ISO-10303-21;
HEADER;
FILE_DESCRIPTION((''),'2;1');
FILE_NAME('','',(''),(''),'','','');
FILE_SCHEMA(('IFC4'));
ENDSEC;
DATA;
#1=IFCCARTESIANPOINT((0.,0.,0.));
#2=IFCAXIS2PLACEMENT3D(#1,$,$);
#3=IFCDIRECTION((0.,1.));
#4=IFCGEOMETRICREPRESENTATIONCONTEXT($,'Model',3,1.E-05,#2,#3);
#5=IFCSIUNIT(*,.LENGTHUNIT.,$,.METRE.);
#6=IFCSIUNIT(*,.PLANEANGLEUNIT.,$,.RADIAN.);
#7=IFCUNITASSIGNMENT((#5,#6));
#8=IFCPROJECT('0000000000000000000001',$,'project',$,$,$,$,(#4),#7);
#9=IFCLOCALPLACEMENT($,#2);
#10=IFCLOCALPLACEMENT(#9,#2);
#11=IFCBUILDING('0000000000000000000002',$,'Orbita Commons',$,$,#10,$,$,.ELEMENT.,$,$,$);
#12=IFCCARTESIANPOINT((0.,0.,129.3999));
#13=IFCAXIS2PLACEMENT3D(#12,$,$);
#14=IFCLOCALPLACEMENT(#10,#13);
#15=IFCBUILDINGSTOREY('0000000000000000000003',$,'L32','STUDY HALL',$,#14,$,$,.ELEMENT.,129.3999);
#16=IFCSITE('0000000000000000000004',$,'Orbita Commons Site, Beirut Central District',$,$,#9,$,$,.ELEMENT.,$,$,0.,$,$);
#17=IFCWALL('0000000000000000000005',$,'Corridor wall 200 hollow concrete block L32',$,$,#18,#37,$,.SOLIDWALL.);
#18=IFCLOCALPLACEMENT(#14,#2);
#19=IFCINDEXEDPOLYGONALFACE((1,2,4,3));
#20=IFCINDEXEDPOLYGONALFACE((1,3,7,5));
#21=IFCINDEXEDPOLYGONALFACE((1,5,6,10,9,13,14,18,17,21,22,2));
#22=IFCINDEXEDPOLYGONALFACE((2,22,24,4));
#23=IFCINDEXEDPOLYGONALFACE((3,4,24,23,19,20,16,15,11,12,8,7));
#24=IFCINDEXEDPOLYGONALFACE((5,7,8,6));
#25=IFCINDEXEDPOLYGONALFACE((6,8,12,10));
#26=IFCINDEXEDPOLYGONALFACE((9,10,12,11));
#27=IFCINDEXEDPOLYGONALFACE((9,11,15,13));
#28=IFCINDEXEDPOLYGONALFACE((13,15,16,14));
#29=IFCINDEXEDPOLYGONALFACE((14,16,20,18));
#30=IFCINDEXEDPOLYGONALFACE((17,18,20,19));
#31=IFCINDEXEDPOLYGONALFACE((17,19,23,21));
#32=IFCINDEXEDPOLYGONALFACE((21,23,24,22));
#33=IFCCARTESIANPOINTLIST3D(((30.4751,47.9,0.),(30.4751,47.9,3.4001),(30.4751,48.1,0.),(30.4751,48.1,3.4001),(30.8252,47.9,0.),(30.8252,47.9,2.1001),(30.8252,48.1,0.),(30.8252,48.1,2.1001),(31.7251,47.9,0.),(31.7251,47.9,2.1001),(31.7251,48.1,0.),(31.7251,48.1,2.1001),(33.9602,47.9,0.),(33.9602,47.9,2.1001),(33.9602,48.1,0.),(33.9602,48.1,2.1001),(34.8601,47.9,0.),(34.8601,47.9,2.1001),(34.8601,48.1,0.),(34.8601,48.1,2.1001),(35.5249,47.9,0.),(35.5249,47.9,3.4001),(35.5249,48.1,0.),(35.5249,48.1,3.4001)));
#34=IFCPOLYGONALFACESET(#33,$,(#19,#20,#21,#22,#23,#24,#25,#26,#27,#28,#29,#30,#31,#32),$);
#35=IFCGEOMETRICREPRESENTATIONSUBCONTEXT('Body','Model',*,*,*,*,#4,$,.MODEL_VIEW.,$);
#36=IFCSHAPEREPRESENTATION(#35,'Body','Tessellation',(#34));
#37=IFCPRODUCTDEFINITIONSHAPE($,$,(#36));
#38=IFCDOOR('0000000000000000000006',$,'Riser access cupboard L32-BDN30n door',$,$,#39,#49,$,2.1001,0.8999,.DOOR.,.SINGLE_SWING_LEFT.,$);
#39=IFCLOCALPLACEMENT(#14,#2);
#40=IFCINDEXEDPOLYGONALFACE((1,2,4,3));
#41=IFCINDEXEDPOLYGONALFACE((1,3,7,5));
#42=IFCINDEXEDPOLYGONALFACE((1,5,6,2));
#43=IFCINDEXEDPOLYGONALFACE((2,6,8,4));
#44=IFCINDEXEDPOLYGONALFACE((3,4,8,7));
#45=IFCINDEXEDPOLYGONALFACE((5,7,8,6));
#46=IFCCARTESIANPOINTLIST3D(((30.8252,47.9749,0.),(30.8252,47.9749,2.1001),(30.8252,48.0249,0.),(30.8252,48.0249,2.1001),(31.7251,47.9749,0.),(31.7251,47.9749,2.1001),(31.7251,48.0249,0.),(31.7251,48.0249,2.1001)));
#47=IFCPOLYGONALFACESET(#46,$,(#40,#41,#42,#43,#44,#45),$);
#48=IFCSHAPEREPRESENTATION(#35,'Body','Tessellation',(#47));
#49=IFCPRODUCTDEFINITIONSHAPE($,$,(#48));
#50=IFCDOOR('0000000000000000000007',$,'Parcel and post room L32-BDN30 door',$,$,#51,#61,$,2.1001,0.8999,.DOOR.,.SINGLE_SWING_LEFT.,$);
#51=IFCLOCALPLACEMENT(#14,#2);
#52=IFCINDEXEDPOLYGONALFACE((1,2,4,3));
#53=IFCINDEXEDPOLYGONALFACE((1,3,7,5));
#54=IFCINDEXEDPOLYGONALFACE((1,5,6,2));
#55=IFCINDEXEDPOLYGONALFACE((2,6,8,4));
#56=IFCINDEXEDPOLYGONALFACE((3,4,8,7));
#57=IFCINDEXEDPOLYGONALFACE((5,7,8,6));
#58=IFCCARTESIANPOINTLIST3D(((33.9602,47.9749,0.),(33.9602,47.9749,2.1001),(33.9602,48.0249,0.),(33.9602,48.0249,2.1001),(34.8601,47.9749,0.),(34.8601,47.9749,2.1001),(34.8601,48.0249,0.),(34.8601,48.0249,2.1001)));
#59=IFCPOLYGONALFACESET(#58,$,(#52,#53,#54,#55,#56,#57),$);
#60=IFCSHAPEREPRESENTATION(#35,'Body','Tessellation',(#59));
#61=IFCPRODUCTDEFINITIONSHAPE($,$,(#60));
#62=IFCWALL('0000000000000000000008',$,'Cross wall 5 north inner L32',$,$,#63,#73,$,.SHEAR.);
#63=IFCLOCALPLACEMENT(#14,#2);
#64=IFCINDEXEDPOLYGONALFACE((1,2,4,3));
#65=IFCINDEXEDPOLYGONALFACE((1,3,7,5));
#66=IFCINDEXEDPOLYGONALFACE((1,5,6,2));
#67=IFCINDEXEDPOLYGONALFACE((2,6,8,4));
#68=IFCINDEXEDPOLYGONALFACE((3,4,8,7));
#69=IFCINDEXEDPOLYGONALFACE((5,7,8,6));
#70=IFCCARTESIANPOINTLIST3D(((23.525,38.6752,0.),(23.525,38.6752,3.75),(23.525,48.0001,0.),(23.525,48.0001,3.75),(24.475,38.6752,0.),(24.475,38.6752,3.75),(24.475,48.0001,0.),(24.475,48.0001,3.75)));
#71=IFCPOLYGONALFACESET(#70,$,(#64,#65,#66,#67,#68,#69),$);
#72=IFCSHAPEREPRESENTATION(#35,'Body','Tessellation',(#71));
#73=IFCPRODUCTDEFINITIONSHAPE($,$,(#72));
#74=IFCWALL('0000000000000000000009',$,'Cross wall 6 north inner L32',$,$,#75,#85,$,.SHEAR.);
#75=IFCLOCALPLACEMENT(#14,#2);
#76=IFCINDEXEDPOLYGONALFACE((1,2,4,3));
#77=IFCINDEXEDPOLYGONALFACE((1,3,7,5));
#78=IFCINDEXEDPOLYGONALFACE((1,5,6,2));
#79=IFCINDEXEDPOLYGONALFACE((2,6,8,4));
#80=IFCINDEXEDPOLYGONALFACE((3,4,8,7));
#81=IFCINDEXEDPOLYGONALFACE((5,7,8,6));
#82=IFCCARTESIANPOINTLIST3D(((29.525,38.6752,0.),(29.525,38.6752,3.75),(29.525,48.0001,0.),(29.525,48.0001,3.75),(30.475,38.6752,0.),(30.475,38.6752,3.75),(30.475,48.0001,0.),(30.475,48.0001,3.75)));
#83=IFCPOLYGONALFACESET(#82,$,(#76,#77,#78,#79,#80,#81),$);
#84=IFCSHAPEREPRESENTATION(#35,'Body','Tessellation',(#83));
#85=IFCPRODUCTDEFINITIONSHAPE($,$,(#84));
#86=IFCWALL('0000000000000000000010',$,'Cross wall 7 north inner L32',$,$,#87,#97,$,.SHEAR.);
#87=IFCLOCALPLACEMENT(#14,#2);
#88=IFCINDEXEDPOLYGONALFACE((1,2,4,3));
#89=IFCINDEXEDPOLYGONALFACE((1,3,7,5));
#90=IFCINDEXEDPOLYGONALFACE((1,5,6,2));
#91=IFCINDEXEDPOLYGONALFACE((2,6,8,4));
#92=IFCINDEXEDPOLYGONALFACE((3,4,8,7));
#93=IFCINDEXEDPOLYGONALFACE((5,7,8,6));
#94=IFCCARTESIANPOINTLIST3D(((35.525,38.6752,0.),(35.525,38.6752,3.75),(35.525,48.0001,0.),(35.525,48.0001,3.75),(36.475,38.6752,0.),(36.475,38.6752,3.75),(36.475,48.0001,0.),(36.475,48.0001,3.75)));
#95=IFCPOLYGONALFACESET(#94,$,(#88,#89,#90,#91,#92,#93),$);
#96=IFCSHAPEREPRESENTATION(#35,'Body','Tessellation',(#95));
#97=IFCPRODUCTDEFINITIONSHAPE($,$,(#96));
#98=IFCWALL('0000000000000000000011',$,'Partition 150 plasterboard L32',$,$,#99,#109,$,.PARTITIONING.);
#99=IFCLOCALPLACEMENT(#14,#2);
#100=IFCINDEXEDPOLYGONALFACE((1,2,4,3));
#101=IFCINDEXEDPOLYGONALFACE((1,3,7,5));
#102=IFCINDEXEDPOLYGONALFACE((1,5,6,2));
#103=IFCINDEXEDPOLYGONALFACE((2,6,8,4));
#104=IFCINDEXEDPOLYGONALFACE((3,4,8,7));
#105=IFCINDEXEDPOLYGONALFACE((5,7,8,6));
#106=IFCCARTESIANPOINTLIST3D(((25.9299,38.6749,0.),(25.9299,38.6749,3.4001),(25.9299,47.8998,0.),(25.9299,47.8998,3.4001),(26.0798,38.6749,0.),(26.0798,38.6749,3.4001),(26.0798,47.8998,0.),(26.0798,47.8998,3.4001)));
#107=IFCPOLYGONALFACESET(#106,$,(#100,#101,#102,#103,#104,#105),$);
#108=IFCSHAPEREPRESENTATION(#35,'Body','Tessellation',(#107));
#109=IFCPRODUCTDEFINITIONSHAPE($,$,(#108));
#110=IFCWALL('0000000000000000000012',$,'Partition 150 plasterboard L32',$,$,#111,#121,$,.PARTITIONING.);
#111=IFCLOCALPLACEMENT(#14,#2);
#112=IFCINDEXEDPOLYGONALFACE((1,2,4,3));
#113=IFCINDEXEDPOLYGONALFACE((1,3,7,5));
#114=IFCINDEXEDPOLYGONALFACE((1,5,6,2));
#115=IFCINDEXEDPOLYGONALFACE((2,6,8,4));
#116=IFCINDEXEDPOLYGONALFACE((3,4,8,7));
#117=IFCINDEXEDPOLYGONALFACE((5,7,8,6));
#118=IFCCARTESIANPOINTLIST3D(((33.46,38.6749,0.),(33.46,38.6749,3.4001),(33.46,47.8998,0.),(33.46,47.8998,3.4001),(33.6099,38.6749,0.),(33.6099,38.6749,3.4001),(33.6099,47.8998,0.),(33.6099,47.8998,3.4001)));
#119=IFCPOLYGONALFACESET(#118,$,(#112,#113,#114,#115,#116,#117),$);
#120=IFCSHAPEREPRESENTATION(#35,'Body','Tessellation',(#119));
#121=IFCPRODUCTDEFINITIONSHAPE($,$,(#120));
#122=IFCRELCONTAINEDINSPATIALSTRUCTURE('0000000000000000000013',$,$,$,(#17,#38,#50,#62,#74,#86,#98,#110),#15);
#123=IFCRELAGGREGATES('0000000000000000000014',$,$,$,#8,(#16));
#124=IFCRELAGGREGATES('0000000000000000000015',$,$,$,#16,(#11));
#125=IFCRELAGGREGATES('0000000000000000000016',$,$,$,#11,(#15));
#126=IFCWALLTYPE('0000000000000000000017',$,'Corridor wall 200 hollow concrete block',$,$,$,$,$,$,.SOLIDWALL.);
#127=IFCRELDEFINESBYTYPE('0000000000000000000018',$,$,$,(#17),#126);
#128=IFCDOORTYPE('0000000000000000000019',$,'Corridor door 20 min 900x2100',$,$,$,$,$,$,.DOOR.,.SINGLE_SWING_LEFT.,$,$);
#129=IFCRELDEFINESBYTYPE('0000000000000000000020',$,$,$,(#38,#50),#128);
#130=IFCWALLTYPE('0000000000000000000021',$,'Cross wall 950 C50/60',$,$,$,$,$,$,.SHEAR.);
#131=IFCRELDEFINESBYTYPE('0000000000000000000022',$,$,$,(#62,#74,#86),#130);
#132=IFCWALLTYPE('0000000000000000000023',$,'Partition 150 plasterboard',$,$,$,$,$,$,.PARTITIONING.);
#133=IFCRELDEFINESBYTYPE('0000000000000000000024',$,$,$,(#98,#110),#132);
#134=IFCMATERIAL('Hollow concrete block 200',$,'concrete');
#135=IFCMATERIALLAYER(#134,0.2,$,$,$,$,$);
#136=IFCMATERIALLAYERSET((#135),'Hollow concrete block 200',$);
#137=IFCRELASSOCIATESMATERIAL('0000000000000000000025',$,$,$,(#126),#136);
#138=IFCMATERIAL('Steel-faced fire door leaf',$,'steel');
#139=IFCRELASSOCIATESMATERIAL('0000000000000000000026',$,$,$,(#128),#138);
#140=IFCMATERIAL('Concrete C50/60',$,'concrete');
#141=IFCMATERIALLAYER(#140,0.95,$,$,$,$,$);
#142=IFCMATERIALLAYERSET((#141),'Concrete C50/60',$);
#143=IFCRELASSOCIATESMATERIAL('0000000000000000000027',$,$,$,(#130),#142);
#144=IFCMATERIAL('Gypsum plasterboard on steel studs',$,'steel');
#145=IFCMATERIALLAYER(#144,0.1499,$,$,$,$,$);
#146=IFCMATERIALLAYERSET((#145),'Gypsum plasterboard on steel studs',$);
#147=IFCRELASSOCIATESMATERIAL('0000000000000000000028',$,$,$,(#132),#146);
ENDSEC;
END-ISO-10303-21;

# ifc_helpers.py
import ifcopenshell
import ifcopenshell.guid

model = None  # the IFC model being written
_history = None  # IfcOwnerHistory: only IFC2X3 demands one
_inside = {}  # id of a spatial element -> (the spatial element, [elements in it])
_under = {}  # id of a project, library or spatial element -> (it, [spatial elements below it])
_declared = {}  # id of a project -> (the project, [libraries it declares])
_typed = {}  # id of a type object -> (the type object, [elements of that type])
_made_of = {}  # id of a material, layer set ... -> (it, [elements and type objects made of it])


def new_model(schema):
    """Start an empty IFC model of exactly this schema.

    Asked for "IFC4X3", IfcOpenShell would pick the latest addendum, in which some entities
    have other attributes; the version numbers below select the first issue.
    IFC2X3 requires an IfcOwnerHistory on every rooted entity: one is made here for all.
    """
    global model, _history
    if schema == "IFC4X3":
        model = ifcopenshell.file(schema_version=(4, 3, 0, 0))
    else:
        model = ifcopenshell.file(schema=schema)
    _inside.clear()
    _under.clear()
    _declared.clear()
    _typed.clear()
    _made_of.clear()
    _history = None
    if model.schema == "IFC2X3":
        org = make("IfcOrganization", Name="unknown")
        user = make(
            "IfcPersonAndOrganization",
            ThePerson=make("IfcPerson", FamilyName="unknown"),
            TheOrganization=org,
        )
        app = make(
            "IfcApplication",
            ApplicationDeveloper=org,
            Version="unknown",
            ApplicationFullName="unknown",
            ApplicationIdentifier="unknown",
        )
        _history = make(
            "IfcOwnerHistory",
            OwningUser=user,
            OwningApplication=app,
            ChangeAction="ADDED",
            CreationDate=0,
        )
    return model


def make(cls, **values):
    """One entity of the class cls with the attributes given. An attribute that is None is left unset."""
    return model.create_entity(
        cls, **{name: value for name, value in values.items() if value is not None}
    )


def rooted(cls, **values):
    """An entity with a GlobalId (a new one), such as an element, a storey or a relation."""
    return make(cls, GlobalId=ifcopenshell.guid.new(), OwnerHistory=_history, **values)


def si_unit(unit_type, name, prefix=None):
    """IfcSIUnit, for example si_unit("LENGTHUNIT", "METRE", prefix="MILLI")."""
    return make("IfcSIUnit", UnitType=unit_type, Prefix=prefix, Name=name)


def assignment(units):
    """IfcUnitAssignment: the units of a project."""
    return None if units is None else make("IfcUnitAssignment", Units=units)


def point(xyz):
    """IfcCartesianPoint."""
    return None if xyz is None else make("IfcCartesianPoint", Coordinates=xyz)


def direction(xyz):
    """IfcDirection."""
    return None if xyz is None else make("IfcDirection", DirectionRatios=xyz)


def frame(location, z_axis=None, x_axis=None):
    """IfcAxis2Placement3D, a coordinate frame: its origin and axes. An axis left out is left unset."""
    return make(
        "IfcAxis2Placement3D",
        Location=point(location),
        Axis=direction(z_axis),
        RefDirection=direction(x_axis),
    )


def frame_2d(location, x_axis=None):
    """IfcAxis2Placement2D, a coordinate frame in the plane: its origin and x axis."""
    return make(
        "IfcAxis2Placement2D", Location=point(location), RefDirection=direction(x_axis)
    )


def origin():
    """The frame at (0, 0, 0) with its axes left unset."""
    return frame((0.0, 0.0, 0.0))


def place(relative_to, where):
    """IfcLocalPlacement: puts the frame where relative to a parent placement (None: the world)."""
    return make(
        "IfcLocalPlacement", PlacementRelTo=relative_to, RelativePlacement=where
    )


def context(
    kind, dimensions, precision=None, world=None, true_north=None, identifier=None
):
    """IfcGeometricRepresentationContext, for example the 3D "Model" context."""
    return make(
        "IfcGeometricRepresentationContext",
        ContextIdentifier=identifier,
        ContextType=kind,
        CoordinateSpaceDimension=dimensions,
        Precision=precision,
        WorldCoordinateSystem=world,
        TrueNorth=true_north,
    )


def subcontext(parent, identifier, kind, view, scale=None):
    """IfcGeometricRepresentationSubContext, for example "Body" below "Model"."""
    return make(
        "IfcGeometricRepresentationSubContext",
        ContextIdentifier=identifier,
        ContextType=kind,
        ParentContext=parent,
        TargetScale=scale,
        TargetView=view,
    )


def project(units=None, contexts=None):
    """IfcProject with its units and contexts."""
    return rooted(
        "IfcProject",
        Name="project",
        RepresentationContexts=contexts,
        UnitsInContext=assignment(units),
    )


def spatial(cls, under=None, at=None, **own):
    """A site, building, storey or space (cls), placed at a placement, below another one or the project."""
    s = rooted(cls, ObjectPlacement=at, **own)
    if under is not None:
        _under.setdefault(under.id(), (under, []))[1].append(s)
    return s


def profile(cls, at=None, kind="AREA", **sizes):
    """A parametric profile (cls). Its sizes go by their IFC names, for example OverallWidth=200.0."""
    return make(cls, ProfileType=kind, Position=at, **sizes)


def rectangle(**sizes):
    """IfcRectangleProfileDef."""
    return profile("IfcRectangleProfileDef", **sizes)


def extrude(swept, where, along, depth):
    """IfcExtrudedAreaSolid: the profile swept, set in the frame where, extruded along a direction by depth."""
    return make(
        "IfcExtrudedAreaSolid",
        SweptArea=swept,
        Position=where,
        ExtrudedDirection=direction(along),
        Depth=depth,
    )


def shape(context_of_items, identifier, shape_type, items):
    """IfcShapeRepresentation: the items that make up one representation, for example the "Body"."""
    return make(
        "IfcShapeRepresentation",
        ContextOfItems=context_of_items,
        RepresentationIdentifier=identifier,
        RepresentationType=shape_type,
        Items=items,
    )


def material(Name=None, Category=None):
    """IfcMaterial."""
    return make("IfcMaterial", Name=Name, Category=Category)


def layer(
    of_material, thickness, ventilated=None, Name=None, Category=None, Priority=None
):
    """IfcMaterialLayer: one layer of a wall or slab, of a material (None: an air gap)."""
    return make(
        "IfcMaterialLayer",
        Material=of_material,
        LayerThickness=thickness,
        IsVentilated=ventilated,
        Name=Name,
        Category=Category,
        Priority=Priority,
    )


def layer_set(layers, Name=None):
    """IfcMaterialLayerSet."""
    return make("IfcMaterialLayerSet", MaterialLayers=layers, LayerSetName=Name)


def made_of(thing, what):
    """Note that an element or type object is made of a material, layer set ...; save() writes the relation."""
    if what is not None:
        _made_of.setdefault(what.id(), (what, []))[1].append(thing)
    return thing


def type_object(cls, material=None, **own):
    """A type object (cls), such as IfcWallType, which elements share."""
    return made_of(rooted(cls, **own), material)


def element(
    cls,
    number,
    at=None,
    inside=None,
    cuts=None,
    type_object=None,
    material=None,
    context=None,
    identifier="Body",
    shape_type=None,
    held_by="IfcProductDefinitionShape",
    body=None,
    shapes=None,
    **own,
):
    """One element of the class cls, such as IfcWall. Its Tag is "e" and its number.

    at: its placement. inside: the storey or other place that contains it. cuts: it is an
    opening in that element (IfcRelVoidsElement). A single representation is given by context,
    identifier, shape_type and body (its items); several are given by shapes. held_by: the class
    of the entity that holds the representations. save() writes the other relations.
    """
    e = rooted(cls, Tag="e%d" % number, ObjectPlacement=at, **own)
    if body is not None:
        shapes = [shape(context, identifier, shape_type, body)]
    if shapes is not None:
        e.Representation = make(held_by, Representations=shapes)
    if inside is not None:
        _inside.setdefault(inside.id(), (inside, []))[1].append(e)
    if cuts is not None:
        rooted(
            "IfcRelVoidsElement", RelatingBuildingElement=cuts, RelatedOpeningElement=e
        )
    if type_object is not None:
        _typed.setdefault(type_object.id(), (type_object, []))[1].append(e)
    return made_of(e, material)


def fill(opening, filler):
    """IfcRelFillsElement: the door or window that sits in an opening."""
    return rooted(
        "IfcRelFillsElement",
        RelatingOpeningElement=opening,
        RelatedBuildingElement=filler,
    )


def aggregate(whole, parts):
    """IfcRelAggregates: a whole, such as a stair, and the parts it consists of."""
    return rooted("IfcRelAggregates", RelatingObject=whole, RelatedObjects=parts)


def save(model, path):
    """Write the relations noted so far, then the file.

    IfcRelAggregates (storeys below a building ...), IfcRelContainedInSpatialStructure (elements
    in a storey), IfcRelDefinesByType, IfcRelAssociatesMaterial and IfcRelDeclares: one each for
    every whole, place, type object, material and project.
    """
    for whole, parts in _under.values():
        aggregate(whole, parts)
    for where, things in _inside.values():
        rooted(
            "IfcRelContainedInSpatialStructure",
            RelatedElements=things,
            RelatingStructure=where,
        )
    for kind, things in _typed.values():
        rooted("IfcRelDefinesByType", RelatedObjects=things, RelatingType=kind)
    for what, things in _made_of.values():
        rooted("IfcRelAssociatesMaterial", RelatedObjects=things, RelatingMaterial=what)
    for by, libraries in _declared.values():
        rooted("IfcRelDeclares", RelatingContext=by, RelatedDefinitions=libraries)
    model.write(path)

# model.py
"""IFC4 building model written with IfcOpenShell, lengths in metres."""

from ifc_helpers import new_model, si_unit, direction, frame, frame_2d, origin, place, context, subcontext, project, spatial, rectangle, extrude, material, layer, layer_set, type_object, element, fill, save


model = new_model("IFC4")

# Units and contexts
model_context = context("Model", 3, precision=1e-05, world=origin(), true_north=direction((0.0, 1.0)))
body_context = subcontext(model_context, "Body", "Model", "MODEL_VIEW")
ifc_project = project(units=[si_unit("LENGTHUNIT", "METRE"), si_unit("PLANEANGLEUNIT", "RADIAN")], contexts=[model_context])

# Site, building, storey
site_placement = place(None, origin())
site = spatial("IfcSite", under=ifc_project, at=site_placement, Name="Orbita Commons Site, Beirut Central District", CompositionType="ELEMENT", RefElevation=0.0)
building_placement = place(site_placement, origin())
building = spatial("IfcBuilding", under=site, at=building_placement, Name="Orbita Commons", CompositionType="ELEMENT")
storey_placement = place(building_placement, frame((0.0, 0.0, 129.3999)))
storey = spatial("IfcBuildingStorey", under=building, at=storey_placement, Name="L32", Description="STUDY HALL", CompositionType="ELEMENT", Elevation=129.3999)

# Wall, openings, doors
ifc_material_1 = material(Name="Hollow concrete block 200", Category="concrete")
ifc_layer_1 = layer(ifc_material_1, 0.2)
ifc_layer_set_1 = layer_set([ifc_layer_1], Name="Hollow concrete block 200")
wall_type_1 = type_object("IfcWallType", Name="Corridor wall 200 hollow concrete block", PredefinedType="SOLIDWALL", material=ifc_layer_set_1)
ifc_material_2 = material(Name="Steel-faced fire door leaf", Category="steel")
door_type_1 = type_object("IfcDoorType", Name="Corridor door 20 min 900x2100", OperationType="SINGLE_SWING_LEFT", PredefinedType="DOOR", material=ifc_material_2)
wall_1_placement = place(storey_placement, frame((30.4751, 48.0, 0.0), z_axis=(0.0, 0.0, 1.0), x_axis=(1.0, 0.0, 0.0)))
wall_1 = element("IfcWall", 1, at=wall_1_placement, inside=storey, type_object=wall_type_1, Name="Corridor wall 200 hollow concrete block L32", PredefinedType="SOLIDWALL", context=body_context, shape_type="SweptSolid", body=[
    extrude(rectangle(XDim=5.0498, YDim=0.2, at=frame_2d((2.5249, 0.0))), origin(), (0.0, 0.0, 1.0), 3.4001),
])
opening_1_placement = place(wall_1_placement, frame((0.3501, 0.0, 0.0)))
opening_1 = element("IfcOpeningElement", 2, at=opening_1_placement, cuts=wall_1, PredefinedType="OPENING", context=body_context, shape_type="SweptSolid", body=[
    extrude(rectangle(XDim=0.8999, YDim=2.1001, at=frame_2d((0.45, 1.05))), frame((0.0, 0.1099, 0.0), z_axis=(0.0, -1.0, 0.0), x_axis=(1.0, 0.0, 0.0)), (0.0, 0.0, 1.0), 0.22),
])
opening_2_placement = place(wall_1_placement, frame((3.4851, 0.0, 0.0)))
opening_2 = element("IfcOpeningElement", 3, at=opening_2_placement, cuts=wall_1, PredefinedType="OPENING", context=body_context, shape_type="SweptSolid", body=[
    extrude(rectangle(XDim=0.8999, YDim=2.1001, at=frame_2d((0.45, 1.05))), frame((0.0, 0.1099, 0.0), z_axis=(0.0, -1.0, 0.0), x_axis=(1.0, 0.0, 0.0)), (0.0, 0.0, 1.0), 0.22),
])
door_1_placement = place(opening_1_placement, origin())
door_1 = element("IfcDoor", 4, at=door_1_placement, inside=storey, type_object=door_type_1, Name="Riser access cupboard L32-BDN30n door", OperationType="SINGLE_SWING_LEFT", OverallHeight=2.1001, OverallWidth=0.8999, PredefinedType="DOOR", context=body_context, shape_type="SweptSolid", body=[
    extrude(rectangle(XDim=0.8999, YDim=2.1001, at=frame_2d((0.45, 1.05))), frame((0.0, 0.0249, 0.0), z_axis=(0.0, -1.0, 0.0), x_axis=(1.0, 0.0, 0.0)), (0.0, 0.0, 1.0), 0.05),
])
fill(opening_1, door_1)
door_2_placement = place(opening_2_placement, origin())
door_2 = element("IfcDoor", 5, at=door_2_placement, inside=storey, type_object=door_type_1, Name="Parcel and post room L32-BDN30 door", OperationType="SINGLE_SWING_LEFT", OverallHeight=2.1001, OverallWidth=0.8999, PredefinedType="DOOR", context=body_context, shape_type="SweptSolid", body=[
    extrude(rectangle(XDim=0.8999, YDim=2.1001, at=frame_2d((0.45, 1.05))), frame((0.0, 0.0249, 0.0), z_axis=(0.0, -1.0, 0.0), x_axis=(1.0, 0.0, 0.0)), (0.0, 0.0, 1.0), 0.05),
])
fill(opening_2, door_2)

# Walls
ifc_material_3 = material(Name="Concrete C50/60", Category="concrete")
ifc_layer_2 = layer(ifc_material_3, 0.95)
ifc_layer_set_2 = layer_set([ifc_layer_2], Name="Concrete C50/60")
wall_type_2 = type_object("IfcWallType", Name="Cross wall 950 C50/60", PredefinedType="SHEAR", material=ifc_layer_set_2)
for number, where, z_axis, x_axis, name in (
    (6, (24.0, 38.675, 0.0), (0.0, 0.0, 1.0), (0.0, 1.0, 0.0), "Cross wall 5 north inner L32"),
    (7, (30.0, 38.675, 0.0), (0.0, 0.0, 1.0), (0.0, 1.0, 0.0), "Cross wall 6 north inner L32"),
    (8, (36.0, 38.675, 0.0), (0.0, 0.0, 1.0), (0.0, 1.0, 0.0), "Cross wall 7 north inner L32"),
):
    element("IfcWall", number, at=place(storey_placement, frame(where, z_axis=z_axis, x_axis=x_axis)), inside=storey, type_object=wall_type_2, Name=name, PredefinedType="SHEAR", context=body_context, shape_type="SweptSolid", body=[
        extrude(rectangle(XDim=9.325, YDim=0.95, at=frame_2d((4.6626, 0.0))), origin(), (0.0, 0.0, 1.0), 3.75),
    ])
ifc_material_4 = material(Name="Gypsum plasterboard on steel studs", Category="steel")
ifc_layer_3 = layer(ifc_material_4, 0.1499)
ifc_layer_set_3 = layer_set([ifc_layer_3], Name="Gypsum plasterboard on steel studs")
wall_type_3 = type_object("IfcWallType", Name="Partition 150 plasterboard", PredefinedType="PARTITIONING", material=ifc_layer_set_3)
for number, where, z_axis, x_axis, name in (
    (9, (26.0049, 38.675, 0.0), (0.0, 0.0, 1.0), (0.0, 1.0, 0.0), "Partition 150 plasterboard L32"),
    (10, (33.5349, 38.675, 0.0), (0.0, 0.0, 1.0), (0.0, 1.0, 0.0), "Partition 150 plasterboard L32"),
):
    element("IfcWall", number, at=place(storey_placement, frame(where, z_axis=z_axis, x_axis=x_axis)), inside=storey, type_object=wall_type_3, Name=name, PredefinedType="PARTITIONING", context=body_context, shape_type="SweptSolid", body=[
        extrude(rectangle(XDim=9.2249, YDim=0.1499, at=frame_2d((4.6123, 0.0))), origin(), (0.0, 0.0, 1.0), 3.4001),
    ])

save(model, "model.ifc")
